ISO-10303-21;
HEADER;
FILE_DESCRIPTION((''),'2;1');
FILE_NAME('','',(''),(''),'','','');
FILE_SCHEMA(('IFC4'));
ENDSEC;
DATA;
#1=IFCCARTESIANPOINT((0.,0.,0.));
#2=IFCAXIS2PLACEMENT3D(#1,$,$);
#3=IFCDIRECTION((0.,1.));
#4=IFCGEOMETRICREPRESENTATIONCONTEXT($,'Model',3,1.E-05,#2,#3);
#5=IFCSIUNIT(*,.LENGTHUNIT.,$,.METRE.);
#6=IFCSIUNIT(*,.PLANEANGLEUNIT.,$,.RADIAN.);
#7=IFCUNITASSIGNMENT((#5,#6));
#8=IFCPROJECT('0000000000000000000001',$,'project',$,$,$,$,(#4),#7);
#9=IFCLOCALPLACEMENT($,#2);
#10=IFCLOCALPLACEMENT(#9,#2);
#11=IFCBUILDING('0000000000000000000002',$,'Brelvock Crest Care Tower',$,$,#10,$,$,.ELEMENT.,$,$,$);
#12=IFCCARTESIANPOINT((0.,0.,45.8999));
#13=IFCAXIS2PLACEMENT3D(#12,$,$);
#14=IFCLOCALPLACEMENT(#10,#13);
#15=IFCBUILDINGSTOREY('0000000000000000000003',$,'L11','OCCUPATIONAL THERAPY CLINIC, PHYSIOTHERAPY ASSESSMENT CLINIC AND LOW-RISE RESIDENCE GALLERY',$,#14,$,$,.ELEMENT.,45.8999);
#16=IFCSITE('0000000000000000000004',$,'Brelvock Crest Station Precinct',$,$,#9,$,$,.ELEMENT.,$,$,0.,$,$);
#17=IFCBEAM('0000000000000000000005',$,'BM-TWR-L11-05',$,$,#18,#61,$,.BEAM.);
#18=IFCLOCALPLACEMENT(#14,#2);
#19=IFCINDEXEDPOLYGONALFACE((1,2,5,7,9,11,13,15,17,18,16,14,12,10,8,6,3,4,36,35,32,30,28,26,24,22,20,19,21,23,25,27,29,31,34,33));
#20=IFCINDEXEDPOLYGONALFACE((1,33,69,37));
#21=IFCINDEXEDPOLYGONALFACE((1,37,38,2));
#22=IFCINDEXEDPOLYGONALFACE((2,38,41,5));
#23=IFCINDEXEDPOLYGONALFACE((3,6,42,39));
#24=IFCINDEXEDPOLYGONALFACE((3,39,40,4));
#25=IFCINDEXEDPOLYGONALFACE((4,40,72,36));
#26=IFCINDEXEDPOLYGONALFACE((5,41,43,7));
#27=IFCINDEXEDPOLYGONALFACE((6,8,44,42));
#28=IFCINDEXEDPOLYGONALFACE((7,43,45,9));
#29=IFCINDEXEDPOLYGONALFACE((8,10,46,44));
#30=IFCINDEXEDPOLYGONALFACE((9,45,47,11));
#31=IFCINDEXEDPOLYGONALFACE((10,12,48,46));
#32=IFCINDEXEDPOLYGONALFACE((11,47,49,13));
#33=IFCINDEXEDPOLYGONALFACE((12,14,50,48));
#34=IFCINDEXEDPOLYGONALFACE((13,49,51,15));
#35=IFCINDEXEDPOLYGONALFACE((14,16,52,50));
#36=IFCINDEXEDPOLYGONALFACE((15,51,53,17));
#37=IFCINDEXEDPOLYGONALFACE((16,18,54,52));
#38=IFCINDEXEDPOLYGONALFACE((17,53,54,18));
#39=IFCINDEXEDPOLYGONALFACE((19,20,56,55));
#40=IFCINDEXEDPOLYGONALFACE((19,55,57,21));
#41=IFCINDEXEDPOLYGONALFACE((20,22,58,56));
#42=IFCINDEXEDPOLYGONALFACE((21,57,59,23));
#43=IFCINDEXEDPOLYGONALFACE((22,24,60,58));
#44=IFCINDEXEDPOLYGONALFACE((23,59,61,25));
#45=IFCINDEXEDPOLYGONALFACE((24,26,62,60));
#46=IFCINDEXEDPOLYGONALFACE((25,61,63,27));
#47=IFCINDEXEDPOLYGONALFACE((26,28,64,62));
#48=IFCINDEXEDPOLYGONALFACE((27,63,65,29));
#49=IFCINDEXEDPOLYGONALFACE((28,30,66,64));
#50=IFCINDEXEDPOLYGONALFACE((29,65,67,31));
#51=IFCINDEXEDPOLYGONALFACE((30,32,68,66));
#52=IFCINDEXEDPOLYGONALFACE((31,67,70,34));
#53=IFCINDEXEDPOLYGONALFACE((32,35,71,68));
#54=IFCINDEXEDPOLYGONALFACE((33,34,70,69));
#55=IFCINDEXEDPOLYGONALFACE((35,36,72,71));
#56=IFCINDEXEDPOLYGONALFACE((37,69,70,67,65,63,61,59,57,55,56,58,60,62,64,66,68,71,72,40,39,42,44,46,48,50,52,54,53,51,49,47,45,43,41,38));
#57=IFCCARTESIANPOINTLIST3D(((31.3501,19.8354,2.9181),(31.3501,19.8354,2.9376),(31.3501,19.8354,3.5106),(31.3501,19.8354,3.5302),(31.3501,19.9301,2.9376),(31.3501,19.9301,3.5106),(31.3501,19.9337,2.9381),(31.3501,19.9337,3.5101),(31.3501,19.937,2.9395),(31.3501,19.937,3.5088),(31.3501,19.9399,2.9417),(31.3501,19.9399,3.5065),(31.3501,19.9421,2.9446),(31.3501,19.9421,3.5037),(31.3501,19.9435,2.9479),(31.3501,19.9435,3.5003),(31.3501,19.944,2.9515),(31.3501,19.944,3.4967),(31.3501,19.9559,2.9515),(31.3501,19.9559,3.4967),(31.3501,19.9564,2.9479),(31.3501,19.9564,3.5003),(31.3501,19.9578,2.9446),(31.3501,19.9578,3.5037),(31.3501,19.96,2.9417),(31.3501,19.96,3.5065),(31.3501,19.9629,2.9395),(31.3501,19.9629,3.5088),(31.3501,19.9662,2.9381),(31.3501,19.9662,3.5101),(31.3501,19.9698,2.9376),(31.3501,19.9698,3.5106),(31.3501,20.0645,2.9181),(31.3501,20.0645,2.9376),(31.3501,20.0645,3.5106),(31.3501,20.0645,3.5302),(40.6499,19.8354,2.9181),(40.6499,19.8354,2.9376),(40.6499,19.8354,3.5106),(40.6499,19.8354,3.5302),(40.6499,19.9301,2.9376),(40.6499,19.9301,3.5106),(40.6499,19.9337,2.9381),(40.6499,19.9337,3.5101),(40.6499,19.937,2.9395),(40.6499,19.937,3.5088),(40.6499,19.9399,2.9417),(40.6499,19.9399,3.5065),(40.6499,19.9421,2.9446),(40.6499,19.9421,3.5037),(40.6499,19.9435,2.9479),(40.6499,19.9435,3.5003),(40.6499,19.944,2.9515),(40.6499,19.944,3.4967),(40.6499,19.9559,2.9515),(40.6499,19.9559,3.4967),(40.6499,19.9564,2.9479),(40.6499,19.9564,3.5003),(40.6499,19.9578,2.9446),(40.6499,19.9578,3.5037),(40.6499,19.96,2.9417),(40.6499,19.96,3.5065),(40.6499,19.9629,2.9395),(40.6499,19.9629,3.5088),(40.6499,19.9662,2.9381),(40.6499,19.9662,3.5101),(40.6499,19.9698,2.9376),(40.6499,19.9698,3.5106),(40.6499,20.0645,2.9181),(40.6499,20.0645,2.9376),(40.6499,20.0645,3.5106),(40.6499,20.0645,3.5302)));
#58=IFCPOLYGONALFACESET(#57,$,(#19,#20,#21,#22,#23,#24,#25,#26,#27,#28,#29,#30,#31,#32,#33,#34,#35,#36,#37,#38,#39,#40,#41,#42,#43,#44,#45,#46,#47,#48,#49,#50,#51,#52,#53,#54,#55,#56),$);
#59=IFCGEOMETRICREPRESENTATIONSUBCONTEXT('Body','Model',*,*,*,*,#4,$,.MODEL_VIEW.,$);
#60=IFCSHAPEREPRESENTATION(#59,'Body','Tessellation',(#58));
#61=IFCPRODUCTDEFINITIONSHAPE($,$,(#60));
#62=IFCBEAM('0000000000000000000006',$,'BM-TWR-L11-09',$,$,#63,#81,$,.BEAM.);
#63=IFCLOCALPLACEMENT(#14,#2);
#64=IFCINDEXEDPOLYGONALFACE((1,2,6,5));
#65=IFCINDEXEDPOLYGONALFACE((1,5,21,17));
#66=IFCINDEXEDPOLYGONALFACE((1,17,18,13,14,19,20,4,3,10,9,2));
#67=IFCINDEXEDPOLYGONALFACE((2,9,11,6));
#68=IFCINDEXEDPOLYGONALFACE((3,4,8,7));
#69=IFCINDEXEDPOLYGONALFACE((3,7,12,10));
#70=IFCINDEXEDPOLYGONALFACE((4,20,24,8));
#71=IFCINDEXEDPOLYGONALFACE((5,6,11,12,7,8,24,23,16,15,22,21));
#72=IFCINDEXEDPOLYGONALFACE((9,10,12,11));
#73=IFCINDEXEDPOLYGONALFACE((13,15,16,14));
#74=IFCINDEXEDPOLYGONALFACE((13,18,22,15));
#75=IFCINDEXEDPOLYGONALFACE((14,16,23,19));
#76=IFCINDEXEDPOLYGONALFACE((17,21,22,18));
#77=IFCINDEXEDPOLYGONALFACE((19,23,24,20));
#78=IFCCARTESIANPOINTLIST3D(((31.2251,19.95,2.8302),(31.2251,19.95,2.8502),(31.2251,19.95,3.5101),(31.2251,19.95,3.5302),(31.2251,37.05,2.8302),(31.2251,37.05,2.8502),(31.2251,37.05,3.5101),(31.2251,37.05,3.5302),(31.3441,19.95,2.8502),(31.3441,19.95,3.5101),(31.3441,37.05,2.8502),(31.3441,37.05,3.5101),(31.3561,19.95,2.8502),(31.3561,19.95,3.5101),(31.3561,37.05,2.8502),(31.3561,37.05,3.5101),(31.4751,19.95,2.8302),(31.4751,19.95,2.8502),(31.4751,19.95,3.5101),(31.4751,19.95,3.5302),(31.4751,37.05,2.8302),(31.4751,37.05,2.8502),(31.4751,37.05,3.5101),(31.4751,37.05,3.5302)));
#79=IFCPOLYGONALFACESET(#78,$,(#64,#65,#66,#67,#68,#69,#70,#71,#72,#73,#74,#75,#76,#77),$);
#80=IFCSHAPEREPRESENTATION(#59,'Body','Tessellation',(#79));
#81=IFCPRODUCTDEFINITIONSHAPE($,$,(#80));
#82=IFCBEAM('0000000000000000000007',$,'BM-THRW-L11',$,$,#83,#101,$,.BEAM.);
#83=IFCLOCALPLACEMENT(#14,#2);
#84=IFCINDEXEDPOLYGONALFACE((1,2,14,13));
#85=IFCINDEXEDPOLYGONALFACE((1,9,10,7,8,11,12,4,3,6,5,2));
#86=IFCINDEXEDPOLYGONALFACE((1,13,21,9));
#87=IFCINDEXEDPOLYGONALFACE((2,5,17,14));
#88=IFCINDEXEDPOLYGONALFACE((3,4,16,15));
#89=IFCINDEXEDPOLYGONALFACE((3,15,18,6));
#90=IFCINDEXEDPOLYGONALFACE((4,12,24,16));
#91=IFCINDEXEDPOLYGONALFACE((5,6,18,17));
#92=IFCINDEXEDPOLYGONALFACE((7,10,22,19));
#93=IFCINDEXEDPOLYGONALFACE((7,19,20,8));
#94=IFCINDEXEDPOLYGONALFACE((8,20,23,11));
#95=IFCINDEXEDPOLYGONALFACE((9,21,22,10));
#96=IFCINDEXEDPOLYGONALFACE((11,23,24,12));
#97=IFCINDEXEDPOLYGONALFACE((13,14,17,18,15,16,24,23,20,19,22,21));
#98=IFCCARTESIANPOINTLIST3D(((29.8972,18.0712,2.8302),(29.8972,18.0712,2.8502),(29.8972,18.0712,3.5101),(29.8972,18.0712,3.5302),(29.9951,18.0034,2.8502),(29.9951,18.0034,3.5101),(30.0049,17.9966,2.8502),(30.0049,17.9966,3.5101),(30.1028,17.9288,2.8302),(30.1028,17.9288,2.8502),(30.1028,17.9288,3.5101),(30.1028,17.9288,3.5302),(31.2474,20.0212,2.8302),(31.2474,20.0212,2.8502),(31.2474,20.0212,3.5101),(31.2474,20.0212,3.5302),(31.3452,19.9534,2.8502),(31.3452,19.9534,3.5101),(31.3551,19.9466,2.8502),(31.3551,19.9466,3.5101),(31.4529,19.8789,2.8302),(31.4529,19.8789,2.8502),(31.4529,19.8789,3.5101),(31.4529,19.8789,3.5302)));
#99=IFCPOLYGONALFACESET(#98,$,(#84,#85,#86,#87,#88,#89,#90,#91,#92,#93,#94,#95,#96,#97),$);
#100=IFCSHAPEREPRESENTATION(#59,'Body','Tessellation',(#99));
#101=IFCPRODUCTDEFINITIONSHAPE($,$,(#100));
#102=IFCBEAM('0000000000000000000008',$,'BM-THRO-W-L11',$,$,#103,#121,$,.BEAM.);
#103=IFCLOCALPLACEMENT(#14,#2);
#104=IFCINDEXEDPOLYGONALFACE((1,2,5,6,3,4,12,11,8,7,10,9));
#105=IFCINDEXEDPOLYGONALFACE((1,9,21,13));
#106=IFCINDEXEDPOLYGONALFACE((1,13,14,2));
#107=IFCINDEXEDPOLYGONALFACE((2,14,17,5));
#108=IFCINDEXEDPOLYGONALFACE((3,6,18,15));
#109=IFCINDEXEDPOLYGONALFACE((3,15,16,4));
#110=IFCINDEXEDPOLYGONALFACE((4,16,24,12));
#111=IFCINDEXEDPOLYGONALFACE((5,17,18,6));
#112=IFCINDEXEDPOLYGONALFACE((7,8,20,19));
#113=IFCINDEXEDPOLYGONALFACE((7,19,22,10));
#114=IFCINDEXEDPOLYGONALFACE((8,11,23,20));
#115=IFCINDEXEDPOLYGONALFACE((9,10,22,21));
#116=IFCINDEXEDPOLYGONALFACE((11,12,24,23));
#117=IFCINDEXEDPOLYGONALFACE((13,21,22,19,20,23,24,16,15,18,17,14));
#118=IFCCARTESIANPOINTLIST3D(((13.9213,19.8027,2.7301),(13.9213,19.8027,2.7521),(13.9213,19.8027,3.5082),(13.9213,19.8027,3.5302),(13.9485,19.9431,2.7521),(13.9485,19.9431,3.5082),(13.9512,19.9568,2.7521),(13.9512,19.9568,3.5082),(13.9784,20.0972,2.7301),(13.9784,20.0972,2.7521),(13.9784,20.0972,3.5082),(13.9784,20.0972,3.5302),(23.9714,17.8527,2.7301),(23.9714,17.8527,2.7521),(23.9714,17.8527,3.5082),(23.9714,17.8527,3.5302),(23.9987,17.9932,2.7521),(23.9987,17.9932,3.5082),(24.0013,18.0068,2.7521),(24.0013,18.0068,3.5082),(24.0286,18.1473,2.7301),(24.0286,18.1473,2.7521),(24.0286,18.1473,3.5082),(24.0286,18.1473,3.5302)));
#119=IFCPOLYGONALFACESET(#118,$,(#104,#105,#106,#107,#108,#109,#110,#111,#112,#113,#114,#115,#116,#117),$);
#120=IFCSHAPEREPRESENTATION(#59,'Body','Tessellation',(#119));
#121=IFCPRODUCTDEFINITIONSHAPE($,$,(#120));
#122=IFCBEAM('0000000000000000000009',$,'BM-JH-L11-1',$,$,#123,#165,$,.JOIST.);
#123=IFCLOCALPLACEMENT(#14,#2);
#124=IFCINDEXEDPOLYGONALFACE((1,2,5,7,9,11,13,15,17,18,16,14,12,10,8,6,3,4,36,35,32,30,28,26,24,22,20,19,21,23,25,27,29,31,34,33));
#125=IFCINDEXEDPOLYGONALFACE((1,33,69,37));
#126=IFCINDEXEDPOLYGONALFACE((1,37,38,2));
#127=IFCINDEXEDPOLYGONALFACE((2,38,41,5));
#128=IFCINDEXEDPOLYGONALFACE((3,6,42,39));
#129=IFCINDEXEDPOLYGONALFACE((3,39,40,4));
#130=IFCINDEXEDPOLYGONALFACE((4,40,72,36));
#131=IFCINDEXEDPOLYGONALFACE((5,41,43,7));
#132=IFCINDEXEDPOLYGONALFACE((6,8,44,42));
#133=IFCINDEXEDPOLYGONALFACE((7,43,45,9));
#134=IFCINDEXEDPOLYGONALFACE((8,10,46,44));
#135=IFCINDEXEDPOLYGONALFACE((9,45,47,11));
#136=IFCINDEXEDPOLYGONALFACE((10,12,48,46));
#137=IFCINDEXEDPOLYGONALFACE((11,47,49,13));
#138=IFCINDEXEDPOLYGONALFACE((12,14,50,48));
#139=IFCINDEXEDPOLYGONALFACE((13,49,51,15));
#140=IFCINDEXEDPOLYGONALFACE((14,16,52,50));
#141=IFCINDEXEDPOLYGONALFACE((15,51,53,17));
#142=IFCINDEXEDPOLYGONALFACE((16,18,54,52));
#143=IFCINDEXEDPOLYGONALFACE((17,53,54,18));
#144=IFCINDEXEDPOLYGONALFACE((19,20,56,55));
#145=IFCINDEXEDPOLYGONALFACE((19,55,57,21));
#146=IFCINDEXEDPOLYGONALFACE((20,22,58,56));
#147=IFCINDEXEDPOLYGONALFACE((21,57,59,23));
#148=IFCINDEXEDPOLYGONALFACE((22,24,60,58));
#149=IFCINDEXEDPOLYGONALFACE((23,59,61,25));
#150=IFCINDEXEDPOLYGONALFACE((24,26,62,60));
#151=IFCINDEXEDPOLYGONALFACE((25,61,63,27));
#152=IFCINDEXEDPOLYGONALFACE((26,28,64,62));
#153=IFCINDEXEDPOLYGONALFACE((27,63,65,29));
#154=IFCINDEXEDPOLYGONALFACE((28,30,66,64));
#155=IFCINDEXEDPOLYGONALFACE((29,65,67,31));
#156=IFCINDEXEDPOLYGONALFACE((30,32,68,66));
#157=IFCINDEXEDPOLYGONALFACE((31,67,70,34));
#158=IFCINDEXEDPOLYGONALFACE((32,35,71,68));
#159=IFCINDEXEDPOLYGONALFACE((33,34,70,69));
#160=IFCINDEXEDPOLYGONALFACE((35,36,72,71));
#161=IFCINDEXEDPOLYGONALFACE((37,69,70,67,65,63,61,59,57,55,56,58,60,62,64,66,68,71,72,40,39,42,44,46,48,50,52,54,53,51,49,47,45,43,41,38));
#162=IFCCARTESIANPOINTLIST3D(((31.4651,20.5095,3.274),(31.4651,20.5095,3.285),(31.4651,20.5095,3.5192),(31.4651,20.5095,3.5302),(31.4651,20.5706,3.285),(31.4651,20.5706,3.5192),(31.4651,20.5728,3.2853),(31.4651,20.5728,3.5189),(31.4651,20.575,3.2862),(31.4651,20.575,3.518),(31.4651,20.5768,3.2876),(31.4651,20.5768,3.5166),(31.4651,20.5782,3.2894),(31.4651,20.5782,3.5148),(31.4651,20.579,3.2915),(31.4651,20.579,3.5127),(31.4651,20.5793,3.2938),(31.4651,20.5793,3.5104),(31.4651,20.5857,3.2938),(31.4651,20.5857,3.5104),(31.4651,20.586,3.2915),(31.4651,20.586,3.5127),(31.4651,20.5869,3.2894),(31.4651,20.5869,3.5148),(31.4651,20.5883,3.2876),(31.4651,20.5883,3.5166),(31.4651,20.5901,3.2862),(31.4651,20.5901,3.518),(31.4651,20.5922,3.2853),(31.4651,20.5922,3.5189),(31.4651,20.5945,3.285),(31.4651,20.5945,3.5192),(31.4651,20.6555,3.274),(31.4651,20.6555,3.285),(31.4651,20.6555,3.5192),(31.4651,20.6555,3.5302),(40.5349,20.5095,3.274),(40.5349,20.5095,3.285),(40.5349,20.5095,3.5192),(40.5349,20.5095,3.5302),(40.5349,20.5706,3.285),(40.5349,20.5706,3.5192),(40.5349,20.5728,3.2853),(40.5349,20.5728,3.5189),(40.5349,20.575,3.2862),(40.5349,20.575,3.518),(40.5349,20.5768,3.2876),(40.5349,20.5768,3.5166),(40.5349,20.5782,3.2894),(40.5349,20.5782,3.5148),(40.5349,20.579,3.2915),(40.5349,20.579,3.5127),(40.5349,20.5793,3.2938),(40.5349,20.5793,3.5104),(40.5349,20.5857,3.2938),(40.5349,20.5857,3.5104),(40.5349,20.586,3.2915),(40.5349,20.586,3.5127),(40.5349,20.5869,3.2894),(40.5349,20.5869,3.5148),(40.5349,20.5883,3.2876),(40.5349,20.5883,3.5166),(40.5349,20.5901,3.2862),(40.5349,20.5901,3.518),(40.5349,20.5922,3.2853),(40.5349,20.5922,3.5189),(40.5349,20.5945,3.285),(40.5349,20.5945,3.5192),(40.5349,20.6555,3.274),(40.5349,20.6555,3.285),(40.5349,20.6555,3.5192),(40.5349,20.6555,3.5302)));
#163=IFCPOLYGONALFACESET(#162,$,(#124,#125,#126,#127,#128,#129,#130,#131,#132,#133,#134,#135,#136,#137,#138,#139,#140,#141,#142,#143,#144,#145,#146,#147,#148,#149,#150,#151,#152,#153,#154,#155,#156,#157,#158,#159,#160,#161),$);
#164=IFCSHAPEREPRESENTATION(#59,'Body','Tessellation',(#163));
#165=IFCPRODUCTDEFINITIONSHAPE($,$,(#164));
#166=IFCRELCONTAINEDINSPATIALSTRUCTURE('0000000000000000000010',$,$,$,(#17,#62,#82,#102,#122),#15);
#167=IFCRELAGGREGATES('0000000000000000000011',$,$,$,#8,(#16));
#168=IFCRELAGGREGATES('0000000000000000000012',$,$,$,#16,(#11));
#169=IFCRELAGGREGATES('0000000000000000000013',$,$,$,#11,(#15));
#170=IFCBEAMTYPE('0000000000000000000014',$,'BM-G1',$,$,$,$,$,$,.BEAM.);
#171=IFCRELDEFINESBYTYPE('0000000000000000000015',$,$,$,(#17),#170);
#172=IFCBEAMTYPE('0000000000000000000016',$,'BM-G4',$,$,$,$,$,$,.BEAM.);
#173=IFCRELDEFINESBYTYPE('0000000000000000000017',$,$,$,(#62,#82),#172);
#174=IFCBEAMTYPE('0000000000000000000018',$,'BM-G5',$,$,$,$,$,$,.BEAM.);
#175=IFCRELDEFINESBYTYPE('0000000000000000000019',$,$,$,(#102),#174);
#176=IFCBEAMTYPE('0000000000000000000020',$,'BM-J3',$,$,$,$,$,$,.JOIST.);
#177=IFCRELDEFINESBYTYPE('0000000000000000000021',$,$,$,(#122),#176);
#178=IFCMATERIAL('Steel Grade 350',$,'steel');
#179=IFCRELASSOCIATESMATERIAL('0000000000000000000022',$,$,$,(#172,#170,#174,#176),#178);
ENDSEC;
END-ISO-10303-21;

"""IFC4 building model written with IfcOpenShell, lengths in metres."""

from ifc_helpers import new_model, si_unit, direction, frame, origin, origin_2d, place, context, subcontext, project, spatial, i_section, extrude, source, transform, mapped, material, material_profile, profile_set, type_object, element, save


model = new_model("IFC4")

# Units and contexts
model_context = context("Model", 3, precision=1e-05, world=origin(), true_north=direction((0.0, 1.0)))
body_context = subcontext(model_context, "Body", "Model", "MODEL_VIEW")
ifc_project = project(units=[si_unit("LENGTHUNIT", "METRE"), si_unit("PLANEANGLEUNIT", "RADIAN")], contexts=[model_context])

# Site, building, storey
site_placement = place(None, origin())
site = spatial("IfcSite", under=ifc_project, at=site_placement, Name="Brelvock Crest Station Precinct", CompositionType="ELEMENT", RefElevation=0.0)
building_placement = place(site_placement, origin())
building = spatial("IfcBuilding", under=site, at=building_placement, Name="Brelvock Crest Care Tower", CompositionType="ELEMENT")
storey_placement = place(building_placement, frame((0.0, 0.0, 45.8999)))
storey = spatial("IfcBuildingStorey", under=building, at=storey_placement, Name="L11", Description="OCCUPATIONAL THERAPY CLINIC, PHYSIOTHERAPY ASSESSMENT CLINIC AND LOW-RISE RESIDENCE GALLERY", CompositionType="ELEMENT", Elevation=45.8999)

# Shared definitions
ifc_material_1 = material(Name="Steel Grade 350", Category="steel")

# Beams
ifc_material_profile_1 = material_profile(ifc_material_1, i_section(OverallWidth=0.25, OverallDepth=0.7, WebThickness=0.012, FlangeThickness=0.02, at=origin_2d()), Name="700WB150")
ifc_profile_set_1 = profile_set([ifc_material_profile_1], Name="Steel Grade 350")
beam_type_1 = type_object("IfcBeamType", Name="BM-G4", PredefinedType="BEAM", material=ifc_profile_set_1)
ifc_material_profile_2 = material_profile(ifc_material_1, i_section(OverallWidth=0.229, OverallDepth=0.6121, WebThickness=0.012, FlangeThickness=0.0195, FilletRadius=0.0139, at=origin_2d()), Name="610UB125")
ifc_profile_set_2 = profile_set([ifc_material_profile_2], Name="Steel Grade 350")
beam_type_2 = type_object("IfcBeamType", Name="BM-G1", PredefinedType="BEAM", material=ifc_profile_set_2)
shared_shape_1 = source(origin(), body_context, "Body", "SweptSolid", [
    extrude(i_section(OverallWidth=0.229, OverallDepth=0.6121, WebThickness=0.012, FlangeThickness=0.0195, FilletRadius=0.0139, at=origin_2d()), origin(), (0.0, 0.0, 1.0), 9.2998),
])
beam_1_placement = place(storey_placement, frame((31.3501, 19.95, 3.2241), z_axis=(1.0, 0.0, 0.0), x_axis=(0.0, 1.0, 0.0)))
element("IfcBeam", 1, at=beam_1_placement, inside=storey, type_object=beam_type_2, Name="BM-TWR-L11-05", PredefinedType="BEAM", context=body_context, shape_type="MappedRepresentation", body=[
    mapped(shared_shape_1, transform((0.0, 0.0, 0.0), x_axis=(1.0, 0.0, 0.0), y_axis=(0.0, 1.0, 0.0), z_axis=(0.0, 0.0, 1.0), scale=1.0)),
])
shared_shape_2 = source(origin(), body_context, "Body", "SweptSolid", [
    extrude(i_section(OverallWidth=0.25, OverallDepth=0.7, WebThickness=0.012, FlangeThickness=0.02, at=origin_2d()), origin(), (0.0, 0.0, 1.0), 17.1001),
])
beam_2_placement = place(storey_placement, frame((31.3501, 19.95, 3.1802), z_axis=(0.0, 1.0, 0.0), x_axis=(-1.0, 0.0, 0.0)))
element("IfcBeam", 2, at=beam_2_placement, inside=storey, type_object=beam_type_1, Name="BM-TWR-L11-09", PredefinedType="BEAM", context=body_context, shape_type="MappedRepresentation", body=[
    mapped(shared_shape_2, transform((0.0, 0.0, 0.0), x_axis=(1.0, 0.0, 0.0), y_axis=(0.0, 1.0, 0.0), z_axis=(0.0, 0.0, 1.0), scale=1.0)),
])
shared_shape_3 = source(origin(), body_context, "Body", "SweptSolid", [
    extrude(i_section(OverallWidth=0.25, OverallDepth=0.7, WebThickness=0.012, FlangeThickness=0.02, at=origin_2d()), origin(), (0.0, 0.0, 1.0), 2.3718),
])
beam_3_placement = place(storey_placement, frame((30.0, 18.0, 3.1802), z_axis=(0.569247, 0.822166, 0.0), x_axis=(-0.822166, 0.569247, 0.0)))
element("IfcBeam", 3, at=beam_3_placement, inside=storey, type_object=beam_type_1, Name="BM-THRW-L11", PredefinedType="BEAM", context=body_context, shape_type="MappedRepresentation", body=[
    mapped(shared_shape_3, transform((0.0, 0.0, 0.0), x_axis=(1.0, 0.0, 0.0), y_axis=(0.0, 1.0, 0.0), z_axis=(0.0, 0.0, 1.0), scale=1.0)),
])
ifc_material_profile_3 = material_profile(ifc_material_1, i_section(OverallWidth=0.3, OverallDepth=0.8, WebThickness=0.0139, FlangeThickness=0.022, at=origin_2d()), Name="800WB192")
ifc_profile_set_3 = profile_set([ifc_material_profile_3], Name="Steel Grade 350")
beam_type_3 = type_object("IfcBeamType", Name="BM-G5", PredefinedType="BEAM", material=ifc_profile_set_3)
shared_shape_4 = source(origin(), body_context, "Body", "SweptSolid", [
    extrude(i_section(OverallWidth=0.3, OverallDepth=0.8, WebThickness=0.0139, FlangeThickness=0.022, at=origin_2d()), origin(), (0.0, 0.0, 1.0), 10.2375),
])
beam_4_placement = place(storey_placement, frame((24.0, 18.0, 3.1301), z_axis=(-0.981693, 0.190472, 0.0), x_axis=(-0.190472, -0.981693, 0.0)))
element("IfcBeam", 4, at=beam_4_placement, inside=storey, type_object=beam_type_3, Name="BM-THRO-W-L11", PredefinedType="BEAM", context=body_context, shape_type="MappedRepresentation", body=[
    mapped(shared_shape_4, transform((0.0, 0.0, 0.0), x_axis=(1.0, 0.0, 0.0), y_axis=(0.0, 1.0, 0.0), z_axis=(0.0, 0.0, 1.0), scale=1.0)),
])
ifc_material_profile_4 = material_profile(ifc_material_1, i_section(OverallWidth=0.146, OverallDepth=0.2561, WebThickness=0.0063, FlangeThickness=0.011, FilletRadius=0.0088, at=origin_2d()), Name="250UB37.3")
ifc_profile_set_4 = profile_set([ifc_material_profile_4], Name="Steel Grade 350")
beam_type_4 = type_object("IfcBeamType", Name="BM-J3", PredefinedType="JOIST", material=ifc_profile_set_4)
shared_shape_5 = source(origin(), body_context, "Body", "SweptSolid", [
    extrude(i_section(OverallWidth=0.146, OverallDepth=0.2561, WebThickness=0.0063, FlangeThickness=0.011, FilletRadius=0.0088, at=origin_2d()), origin(), (0.0, 0.0, 1.0), 9.0698),
])
for number, where, z_axis, x_axis, name in (
    (5, (31.4651, 20.5825, 3.4021), (1.0, 0.0, 0.0), (0.0, 1.0, 0.0), "BM-JH-L11-1"),
):
    element("IfcBeam", number, at=place(storey_placement, frame(where, z_axis=z_axis, x_axis=x_axis)), inside=storey, type_object=beam_type_4, Name=name, PredefinedType="JOIST", context=body_context, shape_type="MappedRepresentation", body=[
        mapped(shared_shape_5, transform((0.0, 0.0, 0.0), x_axis=(1.0, 0.0, 0.0), y_axis=(0.0, 1.0, 0.0), z_axis=(0.0, 0.0, 1.0), scale=1.0)),
    ])

save(model, "model.ifc")
